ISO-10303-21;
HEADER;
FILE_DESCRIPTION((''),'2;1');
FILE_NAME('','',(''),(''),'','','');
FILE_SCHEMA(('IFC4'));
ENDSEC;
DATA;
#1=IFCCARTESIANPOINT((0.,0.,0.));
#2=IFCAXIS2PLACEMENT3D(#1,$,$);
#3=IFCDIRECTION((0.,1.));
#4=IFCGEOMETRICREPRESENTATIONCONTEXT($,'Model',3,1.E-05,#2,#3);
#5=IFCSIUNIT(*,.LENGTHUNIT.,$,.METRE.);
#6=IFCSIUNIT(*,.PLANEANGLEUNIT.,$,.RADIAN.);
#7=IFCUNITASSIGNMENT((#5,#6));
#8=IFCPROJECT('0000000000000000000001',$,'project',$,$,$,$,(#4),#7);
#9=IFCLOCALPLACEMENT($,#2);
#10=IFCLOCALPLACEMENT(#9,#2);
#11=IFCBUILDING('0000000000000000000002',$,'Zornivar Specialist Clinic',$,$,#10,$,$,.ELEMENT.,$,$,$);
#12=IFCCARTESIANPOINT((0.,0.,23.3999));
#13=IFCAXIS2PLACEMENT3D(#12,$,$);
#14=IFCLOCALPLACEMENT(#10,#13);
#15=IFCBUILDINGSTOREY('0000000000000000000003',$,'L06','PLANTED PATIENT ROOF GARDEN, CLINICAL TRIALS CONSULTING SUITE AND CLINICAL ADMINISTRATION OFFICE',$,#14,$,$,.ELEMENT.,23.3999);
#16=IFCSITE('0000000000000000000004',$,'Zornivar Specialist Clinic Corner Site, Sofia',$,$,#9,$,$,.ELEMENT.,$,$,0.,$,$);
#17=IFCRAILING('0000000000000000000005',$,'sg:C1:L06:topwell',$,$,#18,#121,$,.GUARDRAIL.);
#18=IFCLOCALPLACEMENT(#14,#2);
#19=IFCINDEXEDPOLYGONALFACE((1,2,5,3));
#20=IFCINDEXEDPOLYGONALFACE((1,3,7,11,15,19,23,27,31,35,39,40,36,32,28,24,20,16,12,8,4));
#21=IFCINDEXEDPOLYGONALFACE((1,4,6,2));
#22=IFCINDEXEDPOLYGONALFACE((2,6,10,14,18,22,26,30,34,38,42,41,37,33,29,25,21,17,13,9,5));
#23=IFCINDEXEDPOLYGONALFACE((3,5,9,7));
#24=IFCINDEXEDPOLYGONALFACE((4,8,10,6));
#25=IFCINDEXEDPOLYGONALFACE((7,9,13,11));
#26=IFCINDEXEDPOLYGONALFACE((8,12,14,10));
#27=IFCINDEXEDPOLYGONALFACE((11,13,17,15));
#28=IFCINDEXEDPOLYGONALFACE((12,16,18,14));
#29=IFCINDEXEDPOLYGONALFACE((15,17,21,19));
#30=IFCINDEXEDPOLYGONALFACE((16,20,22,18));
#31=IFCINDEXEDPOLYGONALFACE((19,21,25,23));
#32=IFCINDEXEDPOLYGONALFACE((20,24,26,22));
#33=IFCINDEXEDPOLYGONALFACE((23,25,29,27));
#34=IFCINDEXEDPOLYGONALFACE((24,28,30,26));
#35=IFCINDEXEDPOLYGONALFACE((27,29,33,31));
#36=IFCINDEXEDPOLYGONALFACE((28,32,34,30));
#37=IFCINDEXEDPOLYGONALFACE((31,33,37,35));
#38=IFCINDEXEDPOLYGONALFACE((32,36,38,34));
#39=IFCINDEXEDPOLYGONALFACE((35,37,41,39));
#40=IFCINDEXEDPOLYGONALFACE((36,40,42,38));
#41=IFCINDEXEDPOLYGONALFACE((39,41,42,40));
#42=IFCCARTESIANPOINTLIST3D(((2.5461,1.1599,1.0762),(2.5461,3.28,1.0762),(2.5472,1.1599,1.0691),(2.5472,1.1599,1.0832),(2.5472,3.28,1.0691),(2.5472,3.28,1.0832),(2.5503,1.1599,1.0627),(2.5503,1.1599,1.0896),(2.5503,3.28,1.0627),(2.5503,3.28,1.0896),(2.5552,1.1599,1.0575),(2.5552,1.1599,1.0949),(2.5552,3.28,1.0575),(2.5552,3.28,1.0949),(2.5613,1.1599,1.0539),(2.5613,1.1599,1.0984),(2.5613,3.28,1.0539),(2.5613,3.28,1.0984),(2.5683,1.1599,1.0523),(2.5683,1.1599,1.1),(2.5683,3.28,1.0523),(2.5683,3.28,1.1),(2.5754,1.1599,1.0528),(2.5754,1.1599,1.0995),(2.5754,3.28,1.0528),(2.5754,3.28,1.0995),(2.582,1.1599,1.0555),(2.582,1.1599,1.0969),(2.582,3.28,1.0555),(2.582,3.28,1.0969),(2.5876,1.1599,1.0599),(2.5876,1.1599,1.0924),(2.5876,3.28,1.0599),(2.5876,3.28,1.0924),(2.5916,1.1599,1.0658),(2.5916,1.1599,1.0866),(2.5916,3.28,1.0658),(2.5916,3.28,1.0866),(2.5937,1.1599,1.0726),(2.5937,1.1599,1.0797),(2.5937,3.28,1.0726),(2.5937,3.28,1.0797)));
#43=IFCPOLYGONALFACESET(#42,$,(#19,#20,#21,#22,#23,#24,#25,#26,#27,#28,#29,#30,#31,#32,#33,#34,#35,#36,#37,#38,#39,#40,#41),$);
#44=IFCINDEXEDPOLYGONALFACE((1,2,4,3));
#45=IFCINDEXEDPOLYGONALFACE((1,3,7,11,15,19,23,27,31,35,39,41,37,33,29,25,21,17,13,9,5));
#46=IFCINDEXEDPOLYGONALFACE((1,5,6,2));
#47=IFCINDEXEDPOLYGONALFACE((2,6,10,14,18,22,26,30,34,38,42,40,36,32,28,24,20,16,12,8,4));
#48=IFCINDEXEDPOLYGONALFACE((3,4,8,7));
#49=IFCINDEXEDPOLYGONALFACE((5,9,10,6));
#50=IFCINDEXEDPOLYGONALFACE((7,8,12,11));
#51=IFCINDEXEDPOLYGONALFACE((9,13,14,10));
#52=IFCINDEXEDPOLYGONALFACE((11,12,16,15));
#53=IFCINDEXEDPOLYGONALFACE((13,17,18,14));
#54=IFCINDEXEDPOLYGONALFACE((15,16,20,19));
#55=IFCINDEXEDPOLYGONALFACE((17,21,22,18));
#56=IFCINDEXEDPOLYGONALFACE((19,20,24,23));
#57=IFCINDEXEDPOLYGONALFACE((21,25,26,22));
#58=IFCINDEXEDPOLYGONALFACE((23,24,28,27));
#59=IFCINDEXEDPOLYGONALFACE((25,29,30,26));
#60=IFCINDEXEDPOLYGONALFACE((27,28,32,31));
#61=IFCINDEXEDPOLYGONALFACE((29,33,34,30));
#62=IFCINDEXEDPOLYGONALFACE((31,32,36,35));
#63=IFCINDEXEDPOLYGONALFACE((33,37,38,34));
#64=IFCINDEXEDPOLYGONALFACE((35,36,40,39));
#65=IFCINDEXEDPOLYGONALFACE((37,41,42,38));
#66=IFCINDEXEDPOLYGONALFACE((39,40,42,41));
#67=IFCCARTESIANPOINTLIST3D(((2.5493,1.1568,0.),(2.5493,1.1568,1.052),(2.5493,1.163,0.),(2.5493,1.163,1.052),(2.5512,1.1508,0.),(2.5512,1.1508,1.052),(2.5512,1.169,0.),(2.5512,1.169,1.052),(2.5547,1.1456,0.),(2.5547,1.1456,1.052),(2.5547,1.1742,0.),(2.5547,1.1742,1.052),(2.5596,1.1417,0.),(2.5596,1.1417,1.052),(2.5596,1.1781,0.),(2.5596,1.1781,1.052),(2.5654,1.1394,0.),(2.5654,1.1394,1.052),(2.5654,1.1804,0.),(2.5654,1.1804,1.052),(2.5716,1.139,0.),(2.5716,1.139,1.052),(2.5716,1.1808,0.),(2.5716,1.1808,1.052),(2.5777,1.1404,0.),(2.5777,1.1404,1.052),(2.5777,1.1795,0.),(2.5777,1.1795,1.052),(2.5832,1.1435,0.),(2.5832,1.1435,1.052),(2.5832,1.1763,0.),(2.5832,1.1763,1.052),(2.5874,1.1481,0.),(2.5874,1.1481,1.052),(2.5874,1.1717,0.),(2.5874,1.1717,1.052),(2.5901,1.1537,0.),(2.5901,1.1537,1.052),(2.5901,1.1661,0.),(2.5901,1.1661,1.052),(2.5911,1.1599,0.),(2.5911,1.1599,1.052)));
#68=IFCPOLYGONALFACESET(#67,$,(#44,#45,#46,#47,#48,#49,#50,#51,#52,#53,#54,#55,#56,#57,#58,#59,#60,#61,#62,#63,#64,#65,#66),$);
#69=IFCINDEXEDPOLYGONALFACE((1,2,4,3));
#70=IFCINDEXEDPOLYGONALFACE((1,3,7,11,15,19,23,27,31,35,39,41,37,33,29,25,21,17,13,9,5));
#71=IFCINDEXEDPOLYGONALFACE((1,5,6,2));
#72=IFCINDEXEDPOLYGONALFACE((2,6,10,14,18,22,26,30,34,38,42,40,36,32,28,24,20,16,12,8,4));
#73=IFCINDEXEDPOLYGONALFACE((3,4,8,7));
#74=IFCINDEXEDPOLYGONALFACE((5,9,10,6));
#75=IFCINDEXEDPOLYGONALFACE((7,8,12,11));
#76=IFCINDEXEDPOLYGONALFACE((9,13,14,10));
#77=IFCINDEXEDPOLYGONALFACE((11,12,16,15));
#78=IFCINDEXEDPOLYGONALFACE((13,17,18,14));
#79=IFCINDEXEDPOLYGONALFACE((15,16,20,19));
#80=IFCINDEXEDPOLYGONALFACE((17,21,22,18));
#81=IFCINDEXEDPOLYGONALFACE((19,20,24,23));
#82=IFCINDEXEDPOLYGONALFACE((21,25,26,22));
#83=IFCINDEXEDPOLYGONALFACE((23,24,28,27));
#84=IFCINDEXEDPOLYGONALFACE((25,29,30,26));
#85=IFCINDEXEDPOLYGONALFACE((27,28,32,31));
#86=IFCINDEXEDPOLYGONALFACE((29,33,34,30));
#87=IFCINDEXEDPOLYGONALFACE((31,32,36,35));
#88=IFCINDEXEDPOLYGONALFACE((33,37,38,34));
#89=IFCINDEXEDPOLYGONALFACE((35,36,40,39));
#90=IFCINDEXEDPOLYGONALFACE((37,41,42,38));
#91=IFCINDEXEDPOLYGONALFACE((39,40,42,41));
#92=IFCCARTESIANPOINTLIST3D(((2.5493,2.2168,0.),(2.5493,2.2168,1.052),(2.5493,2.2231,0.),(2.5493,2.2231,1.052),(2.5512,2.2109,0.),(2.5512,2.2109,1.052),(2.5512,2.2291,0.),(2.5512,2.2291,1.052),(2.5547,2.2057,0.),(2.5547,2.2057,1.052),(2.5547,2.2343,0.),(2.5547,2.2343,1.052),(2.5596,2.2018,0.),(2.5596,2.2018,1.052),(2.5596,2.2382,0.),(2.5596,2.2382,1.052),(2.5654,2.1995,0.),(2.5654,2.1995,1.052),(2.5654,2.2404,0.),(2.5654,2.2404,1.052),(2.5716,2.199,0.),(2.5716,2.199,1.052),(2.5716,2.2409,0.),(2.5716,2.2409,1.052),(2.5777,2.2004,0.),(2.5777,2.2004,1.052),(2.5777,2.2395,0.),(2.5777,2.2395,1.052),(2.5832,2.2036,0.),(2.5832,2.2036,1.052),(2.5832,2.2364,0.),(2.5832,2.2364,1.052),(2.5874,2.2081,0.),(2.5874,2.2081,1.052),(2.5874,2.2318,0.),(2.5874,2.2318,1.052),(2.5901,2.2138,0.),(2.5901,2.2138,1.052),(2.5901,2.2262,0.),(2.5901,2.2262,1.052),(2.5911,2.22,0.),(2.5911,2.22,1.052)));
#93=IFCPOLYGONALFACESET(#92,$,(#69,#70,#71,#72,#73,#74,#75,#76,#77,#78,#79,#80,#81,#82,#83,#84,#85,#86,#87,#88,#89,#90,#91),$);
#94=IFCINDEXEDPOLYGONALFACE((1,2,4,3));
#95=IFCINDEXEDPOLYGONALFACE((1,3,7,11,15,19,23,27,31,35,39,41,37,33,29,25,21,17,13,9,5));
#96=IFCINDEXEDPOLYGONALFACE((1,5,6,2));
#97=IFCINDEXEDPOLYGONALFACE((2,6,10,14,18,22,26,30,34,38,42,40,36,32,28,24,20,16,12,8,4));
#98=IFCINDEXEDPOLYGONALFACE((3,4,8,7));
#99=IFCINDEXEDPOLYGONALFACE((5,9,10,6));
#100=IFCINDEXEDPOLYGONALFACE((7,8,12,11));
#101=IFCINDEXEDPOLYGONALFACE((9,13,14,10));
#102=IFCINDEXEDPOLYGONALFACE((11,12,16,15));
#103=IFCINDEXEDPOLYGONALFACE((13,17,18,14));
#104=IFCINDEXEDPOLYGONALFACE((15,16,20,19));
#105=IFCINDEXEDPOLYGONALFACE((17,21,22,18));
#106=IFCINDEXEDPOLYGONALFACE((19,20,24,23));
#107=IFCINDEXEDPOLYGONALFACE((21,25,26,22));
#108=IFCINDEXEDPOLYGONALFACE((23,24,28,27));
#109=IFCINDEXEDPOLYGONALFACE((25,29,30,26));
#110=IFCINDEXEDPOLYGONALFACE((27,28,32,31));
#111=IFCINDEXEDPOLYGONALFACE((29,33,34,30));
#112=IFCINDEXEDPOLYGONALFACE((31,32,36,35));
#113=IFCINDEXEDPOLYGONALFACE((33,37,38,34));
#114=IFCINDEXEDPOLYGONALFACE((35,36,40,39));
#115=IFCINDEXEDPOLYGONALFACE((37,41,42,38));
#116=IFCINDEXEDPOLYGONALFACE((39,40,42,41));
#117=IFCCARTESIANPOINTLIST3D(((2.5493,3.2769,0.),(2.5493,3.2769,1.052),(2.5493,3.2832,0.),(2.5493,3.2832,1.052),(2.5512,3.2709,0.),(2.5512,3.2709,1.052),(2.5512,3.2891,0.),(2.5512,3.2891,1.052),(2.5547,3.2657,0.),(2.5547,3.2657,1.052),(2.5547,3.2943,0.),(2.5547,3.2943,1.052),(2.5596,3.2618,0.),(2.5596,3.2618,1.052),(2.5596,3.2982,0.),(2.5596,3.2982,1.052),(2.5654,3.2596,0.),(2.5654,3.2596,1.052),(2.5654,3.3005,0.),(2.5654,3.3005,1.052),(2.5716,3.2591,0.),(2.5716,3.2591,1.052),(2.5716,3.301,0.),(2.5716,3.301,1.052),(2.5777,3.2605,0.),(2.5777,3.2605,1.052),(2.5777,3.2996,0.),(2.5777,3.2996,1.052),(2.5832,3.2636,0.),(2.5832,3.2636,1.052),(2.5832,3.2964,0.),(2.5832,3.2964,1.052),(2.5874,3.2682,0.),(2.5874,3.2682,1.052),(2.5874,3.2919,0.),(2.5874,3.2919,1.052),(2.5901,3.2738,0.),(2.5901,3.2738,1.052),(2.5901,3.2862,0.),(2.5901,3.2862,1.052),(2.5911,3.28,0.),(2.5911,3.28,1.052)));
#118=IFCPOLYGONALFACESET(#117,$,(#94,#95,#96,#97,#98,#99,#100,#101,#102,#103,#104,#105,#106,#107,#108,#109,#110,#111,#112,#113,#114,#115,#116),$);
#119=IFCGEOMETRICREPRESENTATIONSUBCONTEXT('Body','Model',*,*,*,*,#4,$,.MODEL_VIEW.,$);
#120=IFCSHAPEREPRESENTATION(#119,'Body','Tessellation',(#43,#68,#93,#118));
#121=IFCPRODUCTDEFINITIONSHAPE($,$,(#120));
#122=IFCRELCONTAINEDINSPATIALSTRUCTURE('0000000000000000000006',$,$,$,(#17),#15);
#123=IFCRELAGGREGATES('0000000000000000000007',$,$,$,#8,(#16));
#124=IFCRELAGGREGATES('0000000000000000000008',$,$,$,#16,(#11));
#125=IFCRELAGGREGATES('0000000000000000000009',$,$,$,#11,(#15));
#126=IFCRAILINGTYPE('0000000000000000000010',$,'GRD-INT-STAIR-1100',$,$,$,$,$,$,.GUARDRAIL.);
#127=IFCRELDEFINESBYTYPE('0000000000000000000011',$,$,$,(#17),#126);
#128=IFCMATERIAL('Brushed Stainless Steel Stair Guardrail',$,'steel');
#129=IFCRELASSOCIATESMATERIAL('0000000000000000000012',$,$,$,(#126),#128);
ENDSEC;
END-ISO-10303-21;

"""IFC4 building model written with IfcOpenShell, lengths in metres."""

from ifc_helpers import new_model, si_unit, direction, frame, origin, origin_2d, place, context, subcontext, project, spatial, circle, extrude, material, type_object, element, save


model = new_model("IFC4")

# Units and contexts
model_context = context("Model", 3, precision=1e-05, world=origin(), true_north=direction((0.0, 1.0)))
body_context = subcontext(model_context, "Body", "Model", "MODEL_VIEW")
ifc_project = project(units=[si_unit("LENGTHUNIT", "METRE"), si_unit("PLANEANGLEUNIT", "RADIAN")], contexts=[model_context])

# Site, building, storey
site_placement = place(None, origin())
site = spatial("IfcSite", under=ifc_project, at=site_placement, Name="Zornivar Specialist Clinic Corner Site, Sofia", CompositionType="ELEMENT", RefElevation=0.0)
building_placement = place(site_placement, origin())
building = spatial("IfcBuilding", under=site, at=building_placement, Name="Zornivar Specialist Clinic", CompositionType="ELEMENT")
storey_placement = place(building_placement, frame((0.0, 0.0, 23.3999)))
storey = spatial("IfcBuildingStorey", under=building, at=storey_placement, Name="L06", Description="PLANTED PATIENT ROOF GARDEN, CLINICAL TRIALS CONSULTING SUITE AND CLINICAL ADMINISTRATION OFFICE", CompositionType="ELEMENT", Elevation=23.3999)

# Railing
ifc_material_1 = material(Name="Brushed Stainless Steel Stair Guardrail", Category="steel")
railing_type = type_object("IfcRailingType", Name="GRD-INT-STAIR-1100", PredefinedType="GUARDRAIL", material=ifc_material_1)
railing_placement = place(storey_placement, frame((2.5701, 1.1599, 0.0)))
element("IfcRailing", 1, at=railing_placement, inside=storey, type_object=railing_type, Name="sg:C1:L06:topwell", PredefinedType="GUARDRAIL", context=body_context, shape_type="SweptSolid", body=[
    extrude(circle(Radius=0.0239, at=origin_2d()), frame((0.0, 0.0, 1.0762), z_axis=(0.0, 1.0, 0.0), x_axis=(-1.0, 0.0, 0.0)), (0.0, 0.0, 1.0), 2.1201),
    extrude(circle(Radius=0.021, at=origin_2d()), origin(), (0.0, 0.0, 1.0), 1.052),
    extrude(circle(Radius=0.021, at=origin_2d()), frame((0.0, 1.0601, 0.0)), (0.0, 0.0, 1.0), 1.052),
    extrude(circle(Radius=0.021, at=origin_2d()), frame((0.0, 2.1201, 0.0)), (0.0, 0.0, 1.0), 1.052),
])

save(model, "model.ifc")
